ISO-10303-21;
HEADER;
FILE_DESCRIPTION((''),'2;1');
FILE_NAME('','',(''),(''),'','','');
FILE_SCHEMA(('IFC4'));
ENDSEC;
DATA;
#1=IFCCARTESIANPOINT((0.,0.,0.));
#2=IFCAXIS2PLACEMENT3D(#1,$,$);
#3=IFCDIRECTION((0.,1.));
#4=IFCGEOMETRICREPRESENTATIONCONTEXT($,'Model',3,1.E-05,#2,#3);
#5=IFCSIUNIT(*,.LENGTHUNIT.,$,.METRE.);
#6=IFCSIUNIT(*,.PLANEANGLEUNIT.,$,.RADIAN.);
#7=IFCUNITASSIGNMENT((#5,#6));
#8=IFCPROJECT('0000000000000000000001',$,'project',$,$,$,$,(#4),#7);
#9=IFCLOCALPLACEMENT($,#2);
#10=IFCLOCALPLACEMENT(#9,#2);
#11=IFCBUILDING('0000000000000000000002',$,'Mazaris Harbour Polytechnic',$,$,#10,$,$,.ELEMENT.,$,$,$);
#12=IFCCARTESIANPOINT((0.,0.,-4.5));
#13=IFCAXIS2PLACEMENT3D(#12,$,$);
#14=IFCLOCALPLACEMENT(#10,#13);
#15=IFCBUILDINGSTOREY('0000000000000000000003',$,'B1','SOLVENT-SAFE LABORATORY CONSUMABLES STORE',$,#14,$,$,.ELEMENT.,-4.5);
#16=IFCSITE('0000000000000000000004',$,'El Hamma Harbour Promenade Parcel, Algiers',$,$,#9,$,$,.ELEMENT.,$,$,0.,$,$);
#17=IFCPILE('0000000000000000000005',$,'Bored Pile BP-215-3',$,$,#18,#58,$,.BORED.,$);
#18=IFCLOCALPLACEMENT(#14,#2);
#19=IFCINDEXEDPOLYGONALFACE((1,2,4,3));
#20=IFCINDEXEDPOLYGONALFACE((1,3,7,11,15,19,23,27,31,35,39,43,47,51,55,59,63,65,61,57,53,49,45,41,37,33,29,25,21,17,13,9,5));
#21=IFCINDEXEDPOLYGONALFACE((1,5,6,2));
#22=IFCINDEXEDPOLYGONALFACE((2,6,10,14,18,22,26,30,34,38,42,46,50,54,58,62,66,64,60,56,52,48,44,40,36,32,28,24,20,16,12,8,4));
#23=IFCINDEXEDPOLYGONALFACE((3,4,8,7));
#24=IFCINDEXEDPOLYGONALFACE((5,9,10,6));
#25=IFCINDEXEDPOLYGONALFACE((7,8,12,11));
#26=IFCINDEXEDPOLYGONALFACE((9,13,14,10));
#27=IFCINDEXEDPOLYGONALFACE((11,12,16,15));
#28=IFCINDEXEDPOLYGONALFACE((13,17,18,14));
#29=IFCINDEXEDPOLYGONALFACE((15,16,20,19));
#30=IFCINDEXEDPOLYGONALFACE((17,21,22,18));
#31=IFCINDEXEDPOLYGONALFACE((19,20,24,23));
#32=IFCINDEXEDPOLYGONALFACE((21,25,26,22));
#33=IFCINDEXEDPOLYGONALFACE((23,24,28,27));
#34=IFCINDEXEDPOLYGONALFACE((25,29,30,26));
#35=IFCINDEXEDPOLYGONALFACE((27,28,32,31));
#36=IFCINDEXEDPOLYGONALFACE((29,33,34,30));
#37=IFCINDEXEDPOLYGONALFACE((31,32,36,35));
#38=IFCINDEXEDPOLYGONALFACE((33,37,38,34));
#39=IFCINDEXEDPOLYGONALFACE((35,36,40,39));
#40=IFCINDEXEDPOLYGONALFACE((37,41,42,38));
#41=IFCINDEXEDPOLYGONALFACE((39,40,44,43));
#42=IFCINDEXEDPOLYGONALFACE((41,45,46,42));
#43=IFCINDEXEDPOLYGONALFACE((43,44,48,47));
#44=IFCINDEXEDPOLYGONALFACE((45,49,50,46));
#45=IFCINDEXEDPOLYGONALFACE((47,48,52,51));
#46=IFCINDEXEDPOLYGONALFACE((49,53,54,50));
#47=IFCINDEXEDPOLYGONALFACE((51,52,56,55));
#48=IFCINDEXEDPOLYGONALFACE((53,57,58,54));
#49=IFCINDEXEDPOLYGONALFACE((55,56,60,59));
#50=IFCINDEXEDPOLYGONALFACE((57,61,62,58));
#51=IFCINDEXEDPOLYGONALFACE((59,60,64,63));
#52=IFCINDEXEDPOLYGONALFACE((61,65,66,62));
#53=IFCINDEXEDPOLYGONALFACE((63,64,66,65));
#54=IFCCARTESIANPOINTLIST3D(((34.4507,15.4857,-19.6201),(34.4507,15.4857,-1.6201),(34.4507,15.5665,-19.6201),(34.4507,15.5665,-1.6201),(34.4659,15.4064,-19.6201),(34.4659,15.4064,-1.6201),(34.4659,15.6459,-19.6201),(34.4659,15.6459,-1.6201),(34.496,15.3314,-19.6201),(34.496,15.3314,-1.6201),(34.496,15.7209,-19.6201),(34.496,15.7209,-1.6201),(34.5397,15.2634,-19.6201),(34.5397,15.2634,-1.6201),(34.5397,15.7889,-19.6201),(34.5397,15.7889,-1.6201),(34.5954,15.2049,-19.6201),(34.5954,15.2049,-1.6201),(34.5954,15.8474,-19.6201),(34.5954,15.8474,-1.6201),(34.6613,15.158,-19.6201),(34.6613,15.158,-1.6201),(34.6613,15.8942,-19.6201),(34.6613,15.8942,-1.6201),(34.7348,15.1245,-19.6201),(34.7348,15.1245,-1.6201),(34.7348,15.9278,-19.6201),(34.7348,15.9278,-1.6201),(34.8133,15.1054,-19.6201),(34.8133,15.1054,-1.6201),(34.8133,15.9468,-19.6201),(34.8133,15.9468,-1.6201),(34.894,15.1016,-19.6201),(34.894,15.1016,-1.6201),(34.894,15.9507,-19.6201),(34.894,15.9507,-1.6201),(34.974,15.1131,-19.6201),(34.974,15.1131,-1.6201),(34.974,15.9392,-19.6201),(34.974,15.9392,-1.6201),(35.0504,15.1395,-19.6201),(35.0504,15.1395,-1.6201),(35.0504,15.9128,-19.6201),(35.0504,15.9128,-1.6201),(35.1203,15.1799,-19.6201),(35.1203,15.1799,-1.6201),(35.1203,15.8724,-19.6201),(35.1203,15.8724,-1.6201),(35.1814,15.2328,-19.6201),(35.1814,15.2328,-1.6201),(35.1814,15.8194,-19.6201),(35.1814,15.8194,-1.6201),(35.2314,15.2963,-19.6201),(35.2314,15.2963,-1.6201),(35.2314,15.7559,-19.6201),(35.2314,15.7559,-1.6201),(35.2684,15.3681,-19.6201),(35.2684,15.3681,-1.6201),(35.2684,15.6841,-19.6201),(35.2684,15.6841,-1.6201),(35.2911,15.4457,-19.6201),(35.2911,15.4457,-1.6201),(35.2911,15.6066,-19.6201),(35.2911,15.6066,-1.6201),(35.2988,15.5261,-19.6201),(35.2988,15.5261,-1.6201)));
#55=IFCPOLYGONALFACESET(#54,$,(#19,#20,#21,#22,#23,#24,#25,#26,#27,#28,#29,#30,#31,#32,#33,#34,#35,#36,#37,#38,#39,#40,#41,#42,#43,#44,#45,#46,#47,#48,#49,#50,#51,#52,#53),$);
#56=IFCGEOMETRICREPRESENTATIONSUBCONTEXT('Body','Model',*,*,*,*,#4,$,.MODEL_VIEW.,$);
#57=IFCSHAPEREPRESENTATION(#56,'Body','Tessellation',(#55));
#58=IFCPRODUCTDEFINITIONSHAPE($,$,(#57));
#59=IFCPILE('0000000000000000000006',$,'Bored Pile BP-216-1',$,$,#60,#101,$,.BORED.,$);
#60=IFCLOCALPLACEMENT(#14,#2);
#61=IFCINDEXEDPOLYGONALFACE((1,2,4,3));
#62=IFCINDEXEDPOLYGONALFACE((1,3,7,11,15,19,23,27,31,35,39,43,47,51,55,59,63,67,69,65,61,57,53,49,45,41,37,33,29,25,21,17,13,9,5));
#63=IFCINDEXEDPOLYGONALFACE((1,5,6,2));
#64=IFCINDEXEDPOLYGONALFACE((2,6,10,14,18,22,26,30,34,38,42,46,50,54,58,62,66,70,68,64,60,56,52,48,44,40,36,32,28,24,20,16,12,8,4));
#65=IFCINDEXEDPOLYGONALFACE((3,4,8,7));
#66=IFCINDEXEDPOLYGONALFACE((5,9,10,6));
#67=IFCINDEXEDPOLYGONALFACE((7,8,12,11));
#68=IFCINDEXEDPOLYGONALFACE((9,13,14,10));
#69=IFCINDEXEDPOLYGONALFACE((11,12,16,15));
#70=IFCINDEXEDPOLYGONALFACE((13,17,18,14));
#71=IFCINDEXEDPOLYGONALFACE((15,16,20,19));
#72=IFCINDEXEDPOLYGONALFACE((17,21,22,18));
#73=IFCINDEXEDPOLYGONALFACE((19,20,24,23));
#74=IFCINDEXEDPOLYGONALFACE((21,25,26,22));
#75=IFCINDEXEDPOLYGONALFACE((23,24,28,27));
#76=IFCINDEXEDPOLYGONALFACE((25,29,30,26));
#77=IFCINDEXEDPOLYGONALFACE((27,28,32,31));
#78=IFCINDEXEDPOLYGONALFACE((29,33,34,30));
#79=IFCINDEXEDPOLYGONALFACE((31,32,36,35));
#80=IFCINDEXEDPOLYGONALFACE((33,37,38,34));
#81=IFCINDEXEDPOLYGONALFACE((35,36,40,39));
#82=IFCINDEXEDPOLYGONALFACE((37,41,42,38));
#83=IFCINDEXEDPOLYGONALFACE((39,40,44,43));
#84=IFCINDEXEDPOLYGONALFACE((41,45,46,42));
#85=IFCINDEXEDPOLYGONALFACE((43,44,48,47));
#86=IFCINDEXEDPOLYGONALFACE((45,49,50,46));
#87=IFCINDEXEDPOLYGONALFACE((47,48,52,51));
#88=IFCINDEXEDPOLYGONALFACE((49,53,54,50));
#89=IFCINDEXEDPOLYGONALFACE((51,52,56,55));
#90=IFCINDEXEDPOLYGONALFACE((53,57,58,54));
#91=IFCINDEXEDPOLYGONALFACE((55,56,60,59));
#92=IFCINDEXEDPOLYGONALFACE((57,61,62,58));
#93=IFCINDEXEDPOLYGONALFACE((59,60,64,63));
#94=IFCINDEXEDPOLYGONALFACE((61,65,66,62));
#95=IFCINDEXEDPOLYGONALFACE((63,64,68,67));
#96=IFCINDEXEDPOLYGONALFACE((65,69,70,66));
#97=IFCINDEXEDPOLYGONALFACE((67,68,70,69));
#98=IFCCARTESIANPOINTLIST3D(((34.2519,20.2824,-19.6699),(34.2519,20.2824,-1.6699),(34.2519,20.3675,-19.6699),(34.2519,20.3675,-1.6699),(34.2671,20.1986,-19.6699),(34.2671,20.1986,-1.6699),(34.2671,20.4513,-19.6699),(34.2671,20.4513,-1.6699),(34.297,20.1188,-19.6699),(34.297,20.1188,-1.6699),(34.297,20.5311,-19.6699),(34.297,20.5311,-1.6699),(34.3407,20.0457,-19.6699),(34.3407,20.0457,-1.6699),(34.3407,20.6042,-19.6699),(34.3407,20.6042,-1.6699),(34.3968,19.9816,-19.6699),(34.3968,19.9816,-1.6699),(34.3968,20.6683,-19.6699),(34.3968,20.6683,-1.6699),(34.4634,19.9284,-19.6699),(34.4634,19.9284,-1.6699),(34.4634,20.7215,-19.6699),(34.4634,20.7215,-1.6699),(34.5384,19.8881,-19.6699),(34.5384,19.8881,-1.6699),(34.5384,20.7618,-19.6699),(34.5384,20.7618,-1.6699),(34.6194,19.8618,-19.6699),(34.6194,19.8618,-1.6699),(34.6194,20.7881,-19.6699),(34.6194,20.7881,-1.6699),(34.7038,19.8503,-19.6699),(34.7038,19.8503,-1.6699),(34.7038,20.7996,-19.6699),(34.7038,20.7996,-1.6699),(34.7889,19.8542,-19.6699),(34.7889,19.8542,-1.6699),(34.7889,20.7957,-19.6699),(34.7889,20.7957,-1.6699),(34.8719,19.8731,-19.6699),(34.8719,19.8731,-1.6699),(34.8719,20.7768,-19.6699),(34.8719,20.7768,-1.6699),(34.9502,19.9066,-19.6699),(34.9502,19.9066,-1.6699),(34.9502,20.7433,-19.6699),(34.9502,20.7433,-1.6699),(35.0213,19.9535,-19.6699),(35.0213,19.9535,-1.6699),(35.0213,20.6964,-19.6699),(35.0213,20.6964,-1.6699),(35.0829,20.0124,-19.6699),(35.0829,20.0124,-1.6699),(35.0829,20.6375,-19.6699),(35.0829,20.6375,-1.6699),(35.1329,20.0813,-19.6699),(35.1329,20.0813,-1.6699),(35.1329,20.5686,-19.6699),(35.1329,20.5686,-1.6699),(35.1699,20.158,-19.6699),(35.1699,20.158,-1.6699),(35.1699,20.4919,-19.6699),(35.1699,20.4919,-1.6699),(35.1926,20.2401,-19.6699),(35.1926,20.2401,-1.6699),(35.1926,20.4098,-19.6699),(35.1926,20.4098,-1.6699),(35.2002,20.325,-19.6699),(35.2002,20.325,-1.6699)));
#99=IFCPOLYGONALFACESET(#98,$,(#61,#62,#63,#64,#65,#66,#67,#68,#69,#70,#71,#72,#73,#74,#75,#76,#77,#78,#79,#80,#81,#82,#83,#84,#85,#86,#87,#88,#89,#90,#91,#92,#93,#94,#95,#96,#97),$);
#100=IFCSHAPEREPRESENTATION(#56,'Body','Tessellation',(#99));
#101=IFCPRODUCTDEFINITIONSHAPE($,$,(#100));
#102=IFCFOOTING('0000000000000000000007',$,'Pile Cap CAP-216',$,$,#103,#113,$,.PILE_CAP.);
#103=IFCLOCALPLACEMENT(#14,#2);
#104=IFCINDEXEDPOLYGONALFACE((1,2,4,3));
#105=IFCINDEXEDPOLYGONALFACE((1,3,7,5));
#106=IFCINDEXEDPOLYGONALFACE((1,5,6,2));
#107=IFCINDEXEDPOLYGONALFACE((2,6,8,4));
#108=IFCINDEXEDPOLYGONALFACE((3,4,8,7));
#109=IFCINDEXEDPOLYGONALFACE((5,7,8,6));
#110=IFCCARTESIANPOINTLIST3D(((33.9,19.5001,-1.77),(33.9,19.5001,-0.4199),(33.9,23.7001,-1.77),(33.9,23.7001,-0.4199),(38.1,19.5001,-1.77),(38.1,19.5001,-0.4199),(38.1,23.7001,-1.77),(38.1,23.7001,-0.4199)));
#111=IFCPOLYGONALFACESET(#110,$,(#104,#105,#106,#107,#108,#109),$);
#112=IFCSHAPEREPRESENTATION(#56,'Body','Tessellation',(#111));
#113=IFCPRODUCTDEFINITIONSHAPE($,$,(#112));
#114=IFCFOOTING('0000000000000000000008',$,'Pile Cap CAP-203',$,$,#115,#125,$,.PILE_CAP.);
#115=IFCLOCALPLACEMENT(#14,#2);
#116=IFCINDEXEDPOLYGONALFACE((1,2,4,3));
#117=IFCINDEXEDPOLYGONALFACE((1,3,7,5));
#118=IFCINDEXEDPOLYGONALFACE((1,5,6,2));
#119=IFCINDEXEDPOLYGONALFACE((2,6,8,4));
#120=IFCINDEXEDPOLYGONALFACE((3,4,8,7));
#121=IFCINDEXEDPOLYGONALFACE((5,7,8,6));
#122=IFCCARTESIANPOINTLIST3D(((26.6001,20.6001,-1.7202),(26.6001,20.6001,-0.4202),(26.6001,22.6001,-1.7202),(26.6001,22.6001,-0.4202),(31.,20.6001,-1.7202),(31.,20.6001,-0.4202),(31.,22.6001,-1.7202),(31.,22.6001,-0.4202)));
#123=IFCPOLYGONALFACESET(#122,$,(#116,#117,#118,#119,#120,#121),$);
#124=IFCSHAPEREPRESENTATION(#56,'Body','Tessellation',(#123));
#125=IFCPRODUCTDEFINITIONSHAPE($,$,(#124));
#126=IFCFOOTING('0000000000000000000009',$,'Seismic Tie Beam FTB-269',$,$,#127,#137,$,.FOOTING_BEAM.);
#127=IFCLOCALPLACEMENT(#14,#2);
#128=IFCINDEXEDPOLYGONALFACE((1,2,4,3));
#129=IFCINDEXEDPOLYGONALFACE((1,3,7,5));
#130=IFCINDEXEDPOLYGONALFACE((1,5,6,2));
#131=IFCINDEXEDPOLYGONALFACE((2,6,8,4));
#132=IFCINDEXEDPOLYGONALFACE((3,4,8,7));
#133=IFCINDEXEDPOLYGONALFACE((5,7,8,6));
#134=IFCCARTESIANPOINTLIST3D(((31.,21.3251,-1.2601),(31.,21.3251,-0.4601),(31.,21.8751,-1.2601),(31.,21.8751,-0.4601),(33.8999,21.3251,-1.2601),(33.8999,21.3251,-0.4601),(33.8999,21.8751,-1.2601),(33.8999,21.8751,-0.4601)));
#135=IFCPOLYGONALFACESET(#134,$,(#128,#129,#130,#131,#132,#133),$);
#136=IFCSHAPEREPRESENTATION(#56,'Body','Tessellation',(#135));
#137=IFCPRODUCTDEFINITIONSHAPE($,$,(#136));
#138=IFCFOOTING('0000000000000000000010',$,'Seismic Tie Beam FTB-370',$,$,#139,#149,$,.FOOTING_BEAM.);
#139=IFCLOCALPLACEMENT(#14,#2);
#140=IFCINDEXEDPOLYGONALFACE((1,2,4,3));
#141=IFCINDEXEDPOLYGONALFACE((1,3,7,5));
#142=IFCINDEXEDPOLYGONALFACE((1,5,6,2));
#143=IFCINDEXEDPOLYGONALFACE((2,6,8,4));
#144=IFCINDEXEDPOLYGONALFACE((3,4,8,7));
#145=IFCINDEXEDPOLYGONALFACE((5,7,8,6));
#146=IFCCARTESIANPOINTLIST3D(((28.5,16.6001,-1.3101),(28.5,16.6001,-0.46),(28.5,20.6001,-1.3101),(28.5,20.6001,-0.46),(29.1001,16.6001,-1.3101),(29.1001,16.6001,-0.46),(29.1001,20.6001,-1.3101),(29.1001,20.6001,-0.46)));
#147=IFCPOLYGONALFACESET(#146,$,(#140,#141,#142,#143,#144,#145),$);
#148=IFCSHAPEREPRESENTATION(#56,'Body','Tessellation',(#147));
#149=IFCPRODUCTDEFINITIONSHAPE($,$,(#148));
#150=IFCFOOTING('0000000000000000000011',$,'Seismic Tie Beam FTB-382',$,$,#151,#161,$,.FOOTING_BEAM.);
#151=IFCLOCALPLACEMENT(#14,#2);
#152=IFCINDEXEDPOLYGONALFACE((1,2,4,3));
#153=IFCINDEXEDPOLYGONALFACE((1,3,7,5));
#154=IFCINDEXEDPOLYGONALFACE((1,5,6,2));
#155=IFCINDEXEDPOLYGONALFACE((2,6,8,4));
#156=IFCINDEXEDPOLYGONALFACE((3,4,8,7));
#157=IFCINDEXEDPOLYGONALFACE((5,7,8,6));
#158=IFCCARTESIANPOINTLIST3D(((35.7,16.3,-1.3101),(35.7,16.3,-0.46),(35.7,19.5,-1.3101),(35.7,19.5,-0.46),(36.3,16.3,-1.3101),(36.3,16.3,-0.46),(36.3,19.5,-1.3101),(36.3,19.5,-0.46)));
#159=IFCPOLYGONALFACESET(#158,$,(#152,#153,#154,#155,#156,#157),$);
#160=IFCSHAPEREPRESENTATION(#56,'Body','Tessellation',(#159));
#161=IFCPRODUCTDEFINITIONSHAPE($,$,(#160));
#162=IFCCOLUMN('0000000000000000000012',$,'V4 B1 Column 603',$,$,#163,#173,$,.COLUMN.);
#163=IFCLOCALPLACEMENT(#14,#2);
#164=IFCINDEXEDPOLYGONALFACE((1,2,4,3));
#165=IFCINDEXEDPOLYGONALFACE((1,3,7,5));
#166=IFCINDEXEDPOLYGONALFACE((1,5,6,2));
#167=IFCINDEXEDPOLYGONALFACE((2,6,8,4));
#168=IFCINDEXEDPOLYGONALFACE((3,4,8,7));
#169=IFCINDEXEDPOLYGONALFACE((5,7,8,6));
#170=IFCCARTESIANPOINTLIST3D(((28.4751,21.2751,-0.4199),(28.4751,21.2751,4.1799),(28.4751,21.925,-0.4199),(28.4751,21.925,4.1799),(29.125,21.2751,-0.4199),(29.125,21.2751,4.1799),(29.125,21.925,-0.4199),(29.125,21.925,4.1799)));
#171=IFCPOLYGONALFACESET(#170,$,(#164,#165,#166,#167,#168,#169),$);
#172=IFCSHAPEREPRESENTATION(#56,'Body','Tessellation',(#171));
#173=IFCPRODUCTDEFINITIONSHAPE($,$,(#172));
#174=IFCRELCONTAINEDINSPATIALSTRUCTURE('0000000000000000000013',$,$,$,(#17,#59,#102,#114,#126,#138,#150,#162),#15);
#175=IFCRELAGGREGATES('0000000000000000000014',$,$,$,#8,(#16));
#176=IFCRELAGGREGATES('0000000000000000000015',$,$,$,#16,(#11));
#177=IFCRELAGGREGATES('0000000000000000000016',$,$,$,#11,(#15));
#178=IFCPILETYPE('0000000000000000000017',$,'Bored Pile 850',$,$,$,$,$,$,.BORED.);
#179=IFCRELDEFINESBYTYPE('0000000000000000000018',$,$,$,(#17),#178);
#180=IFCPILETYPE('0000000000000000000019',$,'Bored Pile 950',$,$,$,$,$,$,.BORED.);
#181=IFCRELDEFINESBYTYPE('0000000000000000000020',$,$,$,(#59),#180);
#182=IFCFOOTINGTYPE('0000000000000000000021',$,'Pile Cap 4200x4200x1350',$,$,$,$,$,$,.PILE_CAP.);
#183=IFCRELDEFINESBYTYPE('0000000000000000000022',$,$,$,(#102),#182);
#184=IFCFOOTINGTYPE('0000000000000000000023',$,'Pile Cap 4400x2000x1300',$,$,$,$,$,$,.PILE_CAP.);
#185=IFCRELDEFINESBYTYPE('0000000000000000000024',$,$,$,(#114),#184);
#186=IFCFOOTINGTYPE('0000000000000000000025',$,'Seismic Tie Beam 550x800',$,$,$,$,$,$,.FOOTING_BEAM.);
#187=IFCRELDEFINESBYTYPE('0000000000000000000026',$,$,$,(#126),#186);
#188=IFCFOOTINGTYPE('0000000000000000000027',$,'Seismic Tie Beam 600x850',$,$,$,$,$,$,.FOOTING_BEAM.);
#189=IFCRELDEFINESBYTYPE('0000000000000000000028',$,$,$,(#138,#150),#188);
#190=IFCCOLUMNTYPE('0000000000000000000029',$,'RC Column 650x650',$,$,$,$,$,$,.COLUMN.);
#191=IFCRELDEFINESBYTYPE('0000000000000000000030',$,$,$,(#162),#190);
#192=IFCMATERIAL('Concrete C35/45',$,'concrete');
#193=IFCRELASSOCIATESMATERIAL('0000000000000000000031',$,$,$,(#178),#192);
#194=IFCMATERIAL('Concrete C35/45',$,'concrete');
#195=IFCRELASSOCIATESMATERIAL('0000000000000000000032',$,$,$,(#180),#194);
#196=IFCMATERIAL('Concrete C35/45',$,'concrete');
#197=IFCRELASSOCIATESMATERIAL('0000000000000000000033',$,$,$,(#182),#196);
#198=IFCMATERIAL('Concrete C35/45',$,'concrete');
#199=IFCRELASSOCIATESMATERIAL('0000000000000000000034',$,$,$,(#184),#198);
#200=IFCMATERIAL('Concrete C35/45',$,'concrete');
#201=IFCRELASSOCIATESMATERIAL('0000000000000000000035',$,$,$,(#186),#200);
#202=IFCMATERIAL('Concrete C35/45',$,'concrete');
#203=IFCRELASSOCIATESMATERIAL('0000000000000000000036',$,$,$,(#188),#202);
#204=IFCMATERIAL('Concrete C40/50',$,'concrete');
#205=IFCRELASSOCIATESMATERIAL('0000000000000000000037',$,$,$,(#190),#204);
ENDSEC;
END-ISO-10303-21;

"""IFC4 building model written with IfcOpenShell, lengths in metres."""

from ifc_helpers import new_model, si_unit, direction, frame, origin, origin_2d, place, context, subcontext, project, spatial, rectangle, circle, extrude, material, material_profile, profile_set, type_object, element, save


model = new_model("IFC4")

# Units and contexts
model_context = context("Model", 3, precision=1e-05, world=origin(), true_north=direction((0.0, 1.0)))
body_context = subcontext(model_context, "Body", "Model", "MODEL_VIEW")
ifc_project = project(units=[si_unit("LENGTHUNIT", "METRE"), si_unit("PLANEANGLEUNIT", "RADIAN")], contexts=[model_context])

# Site, building, storey
site_placement = place(None, origin())
site = spatial("IfcSite", under=ifc_project, at=site_placement, Name="El Hamma Harbour Promenade Parcel, Algiers", CompositionType="ELEMENT", RefElevation=0.0)
building_placement = place(site_placement, origin())
building = spatial("IfcBuilding", under=site, at=building_placement, Name="Mazaris Harbour Polytechnic", CompositionType="ELEMENT")
storey_placement = place(building_placement, frame((0.0, 0.0, -4.5)))
storey = spatial("IfcBuildingStorey", under=building, at=storey_placement, Name="B1", Description="SOLVENT-SAFE LABORATORY CONSUMABLES STORE", CompositionType="ELEMENT", Elevation=-4.5)

# Piles
ifc_material_1 = material(Name="Concrete C35/45", Category="concrete")
ifc_material_profile_1 = material_profile(ifc_material_1, circle(Radius=0.425, at=origin_2d()), Name="DIA850")
ifc_profile_set_1 = profile_set([ifc_material_profile_1], Name="Concrete C35/45")
pile_type_1 = type_object("IfcPileType", Name="Bored Pile 850", PredefinedType="BORED", material=ifc_profile_set_1)
pile_1_placement = place(storey_placement, frame((34.8738, 15.5261, -1.6201), z_axis=(0.0, 0.0, -1.0), x_axis=(1.0, 0.0, 0.0)))
element("IfcPile", 1, at=pile_1_placement, inside=storey, type_object=pile_type_1, Name="Bored Pile BP-215-3", PredefinedType="BORED", context=body_context, shape_type="SweptSolid", body=[
    extrude(circle(Radius=0.425, at=origin_2d()), origin(), (0.0, 0.0, 1.0), 18.0),
])
ifc_material_2 = material(Name="Concrete C35/45", Category="concrete")
ifc_material_profile_2 = material_profile(ifc_material_2, circle(Radius=0.4751, at=origin_2d()), Name="DIA950")
ifc_profile_set_2 = profile_set([ifc_material_profile_2], Name="Concrete C35/45")
pile_type_2 = type_object("IfcPileType", Name="Bored Pile 950", PredefinedType="BORED", material=ifc_profile_set_2)
pile_2_placement = place(storey_placement, frame((34.7251, 20.325, -1.6699), z_axis=(0.0, 0.0, -1.0), x_axis=(1.0, 0.0, 0.0)))
element("IfcPile", 2, at=pile_2_placement, inside=storey, type_object=pile_type_2, Name="Bored Pile BP-216-1", PredefinedType="BORED", context=body_context, shape_type="SweptSolid", body=[
    extrude(circle(Radius=0.4751, at=origin_2d()), origin(), (0.0, 0.0, 1.0), 18.0),
])

# Footings
ifc_material_3 = material(Name="Concrete C35/45", Category="concrete")
footing_type_1 = type_object("IfcFootingType", Name="Pile Cap 4200x4200x1350", PredefinedType="PILE_CAP", material=ifc_material_3)
footing_1_placement = place(storey_placement, frame((36.0, 21.6001, -1.77), z_axis=(0.0, 0.0, 1.0), x_axis=(1.0, 0.0, 0.0)))
element("IfcFooting", 3, at=footing_1_placement, inside=storey, type_object=footing_type_1, Name="Pile Cap CAP-216", PredefinedType="PILE_CAP", context=body_context, shape_type="SweptSolid", body=[
    extrude(rectangle(XDim=4.2, YDim=4.2, at=origin_2d()), origin(), (0.0, 0.0, 1.0), 1.3501),
])
ifc_material_4 = material(Name="Concrete C35/45", Category="concrete")
footing_type_2 = type_object("IfcFootingType", Name="Pile Cap 4400x2000x1300", PredefinedType="PILE_CAP", material=ifc_material_4)
footing_2_placement = place(storey_placement, frame((28.8, 21.6001, -1.7202), z_axis=(0.0, 0.0, 1.0), x_axis=(1.0, 0.0, 0.0)))
element("IfcFooting", 4, at=footing_2_placement, inside=storey, type_object=footing_type_2, Name="Pile Cap CAP-203", PredefinedType="PILE_CAP", context=body_context, shape_type="SweptSolid", body=[
    extrude(rectangle(XDim=4.3999, YDim=2.0, at=origin_2d()), origin(), (0.0, 0.0, 1.0), 1.3),
])
ifc_material_5 = material(Name="Concrete C35/45", Category="concrete")
ifc_material_profile_3 = material_profile(ifc_material_5, rectangle(XDim=0.55, YDim=0.8, at=origin_2d()), Name="RECT550x800")
ifc_profile_set_3 = profile_set([ifc_material_profile_3], Name="Concrete C35/45")
footing_type_3 = type_object("IfcFootingType", Name="Seismic Tie Beam 550x800", PredefinedType="FOOTING_BEAM", material=ifc_profile_set_3)
footing_3_placement = place(storey_placement, frame((31.0, 21.6001, -0.8601), z_axis=(1.0, 0.0, 0.0), x_axis=(0.0, 1.0, 0.0)))
element("IfcFooting", 5, at=footing_3_placement, inside=storey, type_object=footing_type_3, Name="Seismic Tie Beam FTB-269", PredefinedType="FOOTING_BEAM", context=body_context, shape_type="SweptSolid", body=[
    extrude(rectangle(XDim=0.55, YDim=0.8, at=origin_2d()), origin(), (0.0, 0.0, 1.0), 2.8999),
])
ifc_material_6 = material(Name="Concrete C35/45", Category="concrete")
ifc_material_profile_4 = material_profile(ifc_material_6, rectangle(XDim=0.6001, YDim=0.8501, at=origin_2d()), Name="RECT600x850")
ifc_profile_set_4 = profile_set([ifc_material_profile_4], Name="Concrete C35/45")
footing_type_4 = type_object("IfcFootingType", Name="Seismic Tie Beam 600x850", PredefinedType="FOOTING_BEAM", material=ifc_profile_set_4)
footing_4_placement = place(storey_placement, frame((28.8, 16.6001, -0.885), z_axis=(0.0, 1.0, 0.0), x_axis=(-1.0, 0.0, 0.0)))
element("IfcFooting", 6, at=footing_4_placement, inside=storey, type_object=footing_type_4, Name="Seismic Tie Beam FTB-370", PredefinedType="FOOTING_BEAM", context=body_context, shape_type="SweptSolid", body=[
    extrude(rectangle(XDim=0.6001, YDim=0.8501, at=origin_2d()), origin(), (0.0, 0.0, 1.0), 4.0),
])
footing_5_placement = place(storey_placement, frame((36.0, 16.3, -0.885), z_axis=(0.0, 1.0, 0.0), x_axis=(-1.0, 0.0, 0.0)))
element("IfcFooting", 7, at=footing_5_placement, inside=storey, type_object=footing_type_4, Name="Seismic Tie Beam FTB-382", PredefinedType="FOOTING_BEAM", context=body_context, shape_type="SweptSolid", body=[
    extrude(rectangle(XDim=0.6001, YDim=0.8501, at=origin_2d()), origin(), (0.0, 0.0, 1.0), 3.2),
])

# Column
ifc_material_7 = material(Name="Concrete C40/50", Category="concrete")
ifc_material_profile_5 = material_profile(ifc_material_7, rectangle(XDim=0.6499, YDim=0.6499, at=origin_2d()), Name="RECT650x650")
ifc_profile_set_5 = profile_set([ifc_material_profile_5], Name="Concrete C40/50")
column_type_1 = type_object("IfcColumnType", Name="RC Column 650x650", PredefinedType="COLUMN", material=ifc_profile_set_5)
column_1_placement = place(storey_placement, frame((28.8, 21.6001, -0.4199), z_axis=(0.0, 0.0, 1.0), x_axis=(1.0, 0.0, 0.0)))
element("IfcColumn", 8, at=column_1_placement, inside=storey, type_object=column_type_1, Name="V4 B1 Column 603", PredefinedType="COLUMN", context=body_context, shape_type="SweptSolid", body=[
    extrude(rectangle(XDim=0.6499, YDim=0.6499, at=origin_2d()), origin(), (0.0, 0.0, 1.0), 4.5999),
])

save(model, "model.ifc")
